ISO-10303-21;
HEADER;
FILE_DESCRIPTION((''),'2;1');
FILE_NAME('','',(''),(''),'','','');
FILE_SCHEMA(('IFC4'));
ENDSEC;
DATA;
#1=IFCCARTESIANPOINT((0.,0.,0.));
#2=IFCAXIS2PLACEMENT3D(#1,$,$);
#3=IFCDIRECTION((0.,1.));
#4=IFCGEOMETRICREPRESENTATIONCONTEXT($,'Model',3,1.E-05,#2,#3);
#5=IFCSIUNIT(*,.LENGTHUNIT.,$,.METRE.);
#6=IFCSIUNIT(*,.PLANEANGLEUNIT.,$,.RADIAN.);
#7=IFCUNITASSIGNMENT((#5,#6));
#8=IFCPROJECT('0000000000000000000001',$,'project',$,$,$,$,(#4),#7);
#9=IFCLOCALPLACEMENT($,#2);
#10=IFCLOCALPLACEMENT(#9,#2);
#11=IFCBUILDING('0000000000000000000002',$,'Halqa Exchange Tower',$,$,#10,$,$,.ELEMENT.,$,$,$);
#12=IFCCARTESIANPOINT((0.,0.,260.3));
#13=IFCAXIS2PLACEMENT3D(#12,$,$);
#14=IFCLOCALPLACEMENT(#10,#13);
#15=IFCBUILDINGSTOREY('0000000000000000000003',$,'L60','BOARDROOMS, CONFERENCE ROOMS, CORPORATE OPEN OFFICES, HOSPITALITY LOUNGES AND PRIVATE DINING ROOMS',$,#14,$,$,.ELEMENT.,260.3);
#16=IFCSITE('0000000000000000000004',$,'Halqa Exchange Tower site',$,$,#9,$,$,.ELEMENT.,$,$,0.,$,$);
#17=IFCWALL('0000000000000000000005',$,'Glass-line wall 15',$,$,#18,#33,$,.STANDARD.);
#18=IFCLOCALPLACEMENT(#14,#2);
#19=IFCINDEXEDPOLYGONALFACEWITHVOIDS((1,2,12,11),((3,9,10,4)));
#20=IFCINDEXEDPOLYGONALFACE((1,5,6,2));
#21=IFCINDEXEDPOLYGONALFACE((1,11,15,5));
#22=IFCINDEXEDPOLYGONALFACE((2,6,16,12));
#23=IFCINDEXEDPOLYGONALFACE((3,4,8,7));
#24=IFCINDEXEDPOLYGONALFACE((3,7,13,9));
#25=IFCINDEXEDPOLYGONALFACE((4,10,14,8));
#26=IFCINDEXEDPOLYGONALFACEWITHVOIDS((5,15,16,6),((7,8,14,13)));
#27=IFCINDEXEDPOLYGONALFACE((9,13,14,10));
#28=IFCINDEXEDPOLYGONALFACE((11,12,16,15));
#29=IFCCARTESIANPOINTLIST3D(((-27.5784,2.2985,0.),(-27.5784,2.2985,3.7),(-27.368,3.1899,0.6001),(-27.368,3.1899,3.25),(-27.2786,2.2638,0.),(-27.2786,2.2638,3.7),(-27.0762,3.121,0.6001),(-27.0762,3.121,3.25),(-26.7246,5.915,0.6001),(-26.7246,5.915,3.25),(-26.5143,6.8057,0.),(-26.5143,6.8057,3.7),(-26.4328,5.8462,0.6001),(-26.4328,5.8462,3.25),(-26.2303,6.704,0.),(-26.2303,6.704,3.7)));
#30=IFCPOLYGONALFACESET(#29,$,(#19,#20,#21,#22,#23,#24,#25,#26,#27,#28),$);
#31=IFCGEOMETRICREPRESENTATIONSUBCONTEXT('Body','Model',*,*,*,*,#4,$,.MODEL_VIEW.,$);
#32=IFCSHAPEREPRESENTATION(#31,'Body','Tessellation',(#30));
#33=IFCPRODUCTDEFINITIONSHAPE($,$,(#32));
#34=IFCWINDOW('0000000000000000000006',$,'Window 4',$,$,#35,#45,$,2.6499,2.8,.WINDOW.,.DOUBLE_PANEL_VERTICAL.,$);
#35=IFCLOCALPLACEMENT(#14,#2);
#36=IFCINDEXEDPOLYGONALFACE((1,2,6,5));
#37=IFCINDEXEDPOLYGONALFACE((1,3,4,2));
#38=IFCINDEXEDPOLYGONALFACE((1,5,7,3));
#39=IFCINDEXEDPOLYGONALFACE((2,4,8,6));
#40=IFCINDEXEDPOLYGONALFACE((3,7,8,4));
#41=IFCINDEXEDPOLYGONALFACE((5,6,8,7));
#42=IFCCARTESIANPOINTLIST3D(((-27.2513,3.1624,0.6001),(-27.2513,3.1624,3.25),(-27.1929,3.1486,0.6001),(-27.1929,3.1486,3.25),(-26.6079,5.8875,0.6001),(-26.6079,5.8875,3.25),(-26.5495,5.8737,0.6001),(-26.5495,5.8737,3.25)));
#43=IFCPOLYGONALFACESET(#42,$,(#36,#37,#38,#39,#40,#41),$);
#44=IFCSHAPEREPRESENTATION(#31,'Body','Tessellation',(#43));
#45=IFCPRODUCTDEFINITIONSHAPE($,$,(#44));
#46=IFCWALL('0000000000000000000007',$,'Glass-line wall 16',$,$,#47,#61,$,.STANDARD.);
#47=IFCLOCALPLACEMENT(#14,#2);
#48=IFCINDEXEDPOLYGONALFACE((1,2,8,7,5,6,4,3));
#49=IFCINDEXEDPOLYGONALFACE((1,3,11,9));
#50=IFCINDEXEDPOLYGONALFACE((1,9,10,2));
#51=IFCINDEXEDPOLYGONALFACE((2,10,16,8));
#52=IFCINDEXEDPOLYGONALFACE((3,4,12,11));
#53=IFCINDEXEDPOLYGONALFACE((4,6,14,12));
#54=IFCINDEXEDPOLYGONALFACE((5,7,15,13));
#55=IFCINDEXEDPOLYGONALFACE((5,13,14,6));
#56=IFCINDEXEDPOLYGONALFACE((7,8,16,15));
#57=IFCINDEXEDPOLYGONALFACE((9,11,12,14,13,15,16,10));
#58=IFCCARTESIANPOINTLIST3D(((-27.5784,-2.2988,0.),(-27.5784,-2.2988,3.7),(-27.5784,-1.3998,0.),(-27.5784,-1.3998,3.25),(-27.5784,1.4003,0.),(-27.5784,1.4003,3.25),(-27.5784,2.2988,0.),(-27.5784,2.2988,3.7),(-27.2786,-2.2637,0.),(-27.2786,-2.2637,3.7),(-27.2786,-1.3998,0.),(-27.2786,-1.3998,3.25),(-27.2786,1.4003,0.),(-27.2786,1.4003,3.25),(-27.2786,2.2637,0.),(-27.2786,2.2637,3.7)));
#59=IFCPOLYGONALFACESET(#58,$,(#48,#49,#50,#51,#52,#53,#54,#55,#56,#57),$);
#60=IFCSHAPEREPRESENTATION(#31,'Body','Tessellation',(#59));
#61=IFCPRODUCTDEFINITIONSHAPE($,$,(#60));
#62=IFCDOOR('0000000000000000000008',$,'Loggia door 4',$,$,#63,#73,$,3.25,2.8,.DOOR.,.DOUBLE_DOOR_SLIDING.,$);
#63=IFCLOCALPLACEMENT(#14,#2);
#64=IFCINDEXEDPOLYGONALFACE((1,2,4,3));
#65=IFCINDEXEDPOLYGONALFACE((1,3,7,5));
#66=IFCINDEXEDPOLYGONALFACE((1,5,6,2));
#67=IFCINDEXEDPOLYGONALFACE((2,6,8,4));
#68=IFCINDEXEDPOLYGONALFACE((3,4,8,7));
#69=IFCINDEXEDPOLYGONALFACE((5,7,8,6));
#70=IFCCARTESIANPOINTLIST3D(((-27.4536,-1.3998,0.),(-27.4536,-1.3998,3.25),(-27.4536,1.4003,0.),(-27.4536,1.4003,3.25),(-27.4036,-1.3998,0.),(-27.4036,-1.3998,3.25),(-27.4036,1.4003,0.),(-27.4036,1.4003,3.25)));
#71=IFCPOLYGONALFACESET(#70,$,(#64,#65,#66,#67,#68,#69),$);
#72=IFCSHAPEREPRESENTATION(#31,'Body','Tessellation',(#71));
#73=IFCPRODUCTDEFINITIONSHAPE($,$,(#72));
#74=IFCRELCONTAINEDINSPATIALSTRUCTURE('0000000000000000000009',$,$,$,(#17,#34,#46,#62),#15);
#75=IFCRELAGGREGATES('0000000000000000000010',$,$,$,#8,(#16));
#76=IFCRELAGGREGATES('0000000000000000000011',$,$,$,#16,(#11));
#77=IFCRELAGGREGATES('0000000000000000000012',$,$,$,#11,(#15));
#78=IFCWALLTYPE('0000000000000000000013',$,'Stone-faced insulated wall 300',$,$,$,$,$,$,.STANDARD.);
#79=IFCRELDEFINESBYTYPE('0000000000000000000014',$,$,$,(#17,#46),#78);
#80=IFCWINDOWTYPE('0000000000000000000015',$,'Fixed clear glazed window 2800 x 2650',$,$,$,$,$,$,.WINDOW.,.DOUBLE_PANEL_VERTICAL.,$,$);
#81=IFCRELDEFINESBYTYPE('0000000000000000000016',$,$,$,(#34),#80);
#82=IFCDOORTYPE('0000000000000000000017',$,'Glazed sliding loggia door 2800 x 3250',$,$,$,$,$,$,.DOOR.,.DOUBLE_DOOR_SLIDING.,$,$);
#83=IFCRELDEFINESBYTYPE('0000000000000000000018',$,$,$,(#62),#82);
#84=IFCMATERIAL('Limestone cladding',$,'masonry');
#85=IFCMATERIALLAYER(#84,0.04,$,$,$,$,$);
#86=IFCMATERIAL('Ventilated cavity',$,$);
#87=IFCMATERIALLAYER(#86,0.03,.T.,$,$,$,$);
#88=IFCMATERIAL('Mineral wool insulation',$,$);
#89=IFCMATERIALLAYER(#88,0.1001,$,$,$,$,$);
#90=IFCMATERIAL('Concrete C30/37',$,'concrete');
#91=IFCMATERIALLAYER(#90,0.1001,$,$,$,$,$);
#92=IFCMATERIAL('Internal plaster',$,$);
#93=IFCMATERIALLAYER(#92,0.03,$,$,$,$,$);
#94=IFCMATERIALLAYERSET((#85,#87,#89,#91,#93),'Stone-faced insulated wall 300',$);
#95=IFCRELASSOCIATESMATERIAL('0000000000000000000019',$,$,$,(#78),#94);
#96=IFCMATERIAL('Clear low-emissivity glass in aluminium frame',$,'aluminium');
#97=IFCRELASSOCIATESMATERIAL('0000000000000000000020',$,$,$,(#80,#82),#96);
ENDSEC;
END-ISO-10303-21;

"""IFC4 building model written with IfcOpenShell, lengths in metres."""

from ifc_helpers import new_model, si_unit, direction, frame, frame_2d, origin, place, context, subcontext, project, spatial, polyline, rectangle, outline, extrude, material, layer, layer_set, type_object, element, fill, save


model = new_model("IFC4")

# Units and contexts
model_context = context("Model", 3, precision=1e-05, world=origin(), true_north=direction((0.0, 1.0)))
body_context = subcontext(model_context, "Body", "Model", "MODEL_VIEW")
ifc_project = project(units=[si_unit("LENGTHUNIT", "METRE"), si_unit("PLANEANGLEUNIT", "RADIAN")], contexts=[model_context])

# Site, building, storey
site_placement = place(None, origin())
site = spatial("IfcSite", under=ifc_project, at=site_placement, Name="Halqa Exchange Tower site", CompositionType="ELEMENT", RefElevation=0.0)
building_placement = place(site_placement, origin())
building = spatial("IfcBuilding", under=site, at=building_placement, Name="Halqa Exchange Tower", CompositionType="ELEMENT")
storey_placement = place(building_placement, frame((0.0, 0.0, 260.3)))
storey = spatial("IfcBuildingStorey", under=building, at=storey_placement, Name="L60", Description="BOARDROOMS, CONFERENCE ROOMS, CORPORATE OPEN OFFICES, HOSPITALITY LOUNGES AND PRIVATE DINING ROOMS", CompositionType="ELEMENT", Elevation=260.3)

# Wall, opening, window
ifc_material_1 = material(Name="Limestone cladding", Category="masonry")
ifc_layer_1 = layer(ifc_material_1, 0.04)
ifc_material_2 = material(Name="Ventilated cavity")
ifc_layer_2 = layer(ifc_material_2, 0.03, ventilated=True)
ifc_material_3 = material(Name="Mineral wool insulation")
ifc_layer_3 = layer(ifc_material_3, 0.1001)
ifc_material_4 = material(Name="Concrete C30/37", Category="concrete")
ifc_layer_4 = layer(ifc_material_4, 0.1001)
ifc_material_5 = material(Name="Internal plaster")
ifc_layer_5 = layer(ifc_material_5, 0.03)
ifc_layer_set_1 = layer_set([ifc_layer_1, ifc_layer_2, ifc_layer_3, ifc_layer_4, ifc_layer_5], Name="Stone-faced insulated wall 300")
wall_type_1 = type_object("IfcWallType", Name="Stone-faced insulated wall 300", PredefinedType="STANDARD", material=ifc_layer_set_1)
ifc_material_6 = material(Name="Clear low-emissivity glass in aluminium frame", Category="aluminium")
window_type = type_object("IfcWindowType", Name="Fixed clear glazed window 2800 x 2650", PartitioningType="DOUBLE_PANEL_VERTICAL", PredefinedType="WINDOW", material=ifc_material_6)
wall_1_placement = place(storey_placement, frame((-26.3723, 6.7549, 0.0), z_axis=(0.0, 0.0, 1.0), x_axis=(-0.229768, -0.973246, 0.0)))
wall_1 = element("IfcWall", 1, at=wall_1_placement, inside=storey, type_object=wall_type_1, Name="Glass-line wall 15", PredefinedType="STANDARD", context=body_context, shape_type="SweptSolid", body=[
    extrude(outline(polyline([(-0.0168, -0.1499), (4.6143, -0.1499), (4.5791, 0.1499), (0.0168, 0.1499), (-0.0168, -0.1499)])), origin(), (0.0, 0.0, 1.0), 3.7),
])
opening_1_placement = place(wall_1_placement, frame((0.8984, 0.0, 0.6001)))
opening_1 = element("IfcOpeningElement", 2, at=opening_1_placement, cuts=wall_1, PredefinedType="OPENING", context=body_context, shape_type="SweptSolid", body=[
    extrude(rectangle(XDim=2.8, YDim=2.6499, at=frame_2d((1.3999, 1.325))), frame((0.0, 0.1621, 0.0), z_axis=(0.0, -1.0, 0.0), x_axis=(1.0, 0.0, 0.0)), (0.0, 0.0, 1.0), 0.324),
])
window_1_placement = place(opening_1_placement, origin())
window_1 = element("IfcWindow", 3, at=window_1_placement, inside=storey, type_object=window_type, Name="Window 4", OverallHeight=2.6499, OverallWidth=2.8, PartitioningType="DOUBLE_PANEL_VERTICAL", PredefinedType="WINDOW", context=body_context, shape_type="SweptSolid", body=[
    extrude(rectangle(XDim=2.8, YDim=2.6499, at=frame_2d((1.3999, 1.325))), frame((0.0, 0.03, 0.0), z_axis=(0.0, -1.0, 0.0), x_axis=(1.0, 0.0, 0.0)), (0.0, 0.0, 1.0), 0.0601),
])
fill(opening_1, window_1)

# Wall, opening, door
wall_2_placement = place(storey_placement, frame((-27.4285, 2.2812, 0.0), z_axis=(0.0, 0.0, 1.0), x_axis=(0.0, -1.0, 0.0)))
wall_2 = element("IfcWall", 4, at=wall_2_placement, inside=storey, type_object=wall_type_1, Name="Glass-line wall 16", PredefinedType="STANDARD", context=body_context, shape_type="SweptSolid", body=[
    extrude(outline(polyline([(-0.0176, -0.1499), (4.5801, -0.1499), (4.5449, 0.1499), (0.0176, 0.1499), (-0.0176, -0.1499)])), origin(), (0.0, 0.0, 1.0), 3.7),
])
opening_2_placement = place(wall_2_placement, frame((0.8811, 0.0, 0.0)))
opening_2 = element("IfcOpeningElement", 5, at=opening_2_placement, cuts=wall_2, PredefinedType="OPENING", context=body_context, shape_type="SweptSolid", body=[
    extrude(rectangle(XDim=2.8, YDim=3.25, at=frame_2d((1.3999, 1.625))), frame((0.0, 0.1621, 0.0), z_axis=(0.0, -1.0, 0.0), x_axis=(1.0, 0.0, 0.0)), (0.0, 0.0, 1.0), 0.324),
])
door_type_1 = type_object("IfcDoorType", Name="Glazed sliding loggia door 2800 x 3250", OperationType="DOUBLE_DOOR_SLIDING", PredefinedType="DOOR", material=ifc_material_6)
door_1_placement = place(opening_2_placement, origin())
door_1 = element("IfcDoor", 6, at=door_1_placement, inside=storey, type_object=door_type_1, Name="Loggia door 4", OperationType="DOUBLE_DOOR_SLIDING", OverallHeight=3.25, OverallWidth=2.8, PredefinedType="DOOR", context=body_context, shape_type="SweptSolid", body=[
    extrude(rectangle(XDim=2.8, YDim=3.25, at=frame_2d((1.3999, 1.625))), frame((0.0, 0.0249, 0.0), z_axis=(0.0, -1.0, 0.0), x_axis=(1.0, 0.0, 0.0)), (0.0, 0.0, 1.0), 0.05),
])
fill(opening_2, door_1)

save(model, "model.ifc")
